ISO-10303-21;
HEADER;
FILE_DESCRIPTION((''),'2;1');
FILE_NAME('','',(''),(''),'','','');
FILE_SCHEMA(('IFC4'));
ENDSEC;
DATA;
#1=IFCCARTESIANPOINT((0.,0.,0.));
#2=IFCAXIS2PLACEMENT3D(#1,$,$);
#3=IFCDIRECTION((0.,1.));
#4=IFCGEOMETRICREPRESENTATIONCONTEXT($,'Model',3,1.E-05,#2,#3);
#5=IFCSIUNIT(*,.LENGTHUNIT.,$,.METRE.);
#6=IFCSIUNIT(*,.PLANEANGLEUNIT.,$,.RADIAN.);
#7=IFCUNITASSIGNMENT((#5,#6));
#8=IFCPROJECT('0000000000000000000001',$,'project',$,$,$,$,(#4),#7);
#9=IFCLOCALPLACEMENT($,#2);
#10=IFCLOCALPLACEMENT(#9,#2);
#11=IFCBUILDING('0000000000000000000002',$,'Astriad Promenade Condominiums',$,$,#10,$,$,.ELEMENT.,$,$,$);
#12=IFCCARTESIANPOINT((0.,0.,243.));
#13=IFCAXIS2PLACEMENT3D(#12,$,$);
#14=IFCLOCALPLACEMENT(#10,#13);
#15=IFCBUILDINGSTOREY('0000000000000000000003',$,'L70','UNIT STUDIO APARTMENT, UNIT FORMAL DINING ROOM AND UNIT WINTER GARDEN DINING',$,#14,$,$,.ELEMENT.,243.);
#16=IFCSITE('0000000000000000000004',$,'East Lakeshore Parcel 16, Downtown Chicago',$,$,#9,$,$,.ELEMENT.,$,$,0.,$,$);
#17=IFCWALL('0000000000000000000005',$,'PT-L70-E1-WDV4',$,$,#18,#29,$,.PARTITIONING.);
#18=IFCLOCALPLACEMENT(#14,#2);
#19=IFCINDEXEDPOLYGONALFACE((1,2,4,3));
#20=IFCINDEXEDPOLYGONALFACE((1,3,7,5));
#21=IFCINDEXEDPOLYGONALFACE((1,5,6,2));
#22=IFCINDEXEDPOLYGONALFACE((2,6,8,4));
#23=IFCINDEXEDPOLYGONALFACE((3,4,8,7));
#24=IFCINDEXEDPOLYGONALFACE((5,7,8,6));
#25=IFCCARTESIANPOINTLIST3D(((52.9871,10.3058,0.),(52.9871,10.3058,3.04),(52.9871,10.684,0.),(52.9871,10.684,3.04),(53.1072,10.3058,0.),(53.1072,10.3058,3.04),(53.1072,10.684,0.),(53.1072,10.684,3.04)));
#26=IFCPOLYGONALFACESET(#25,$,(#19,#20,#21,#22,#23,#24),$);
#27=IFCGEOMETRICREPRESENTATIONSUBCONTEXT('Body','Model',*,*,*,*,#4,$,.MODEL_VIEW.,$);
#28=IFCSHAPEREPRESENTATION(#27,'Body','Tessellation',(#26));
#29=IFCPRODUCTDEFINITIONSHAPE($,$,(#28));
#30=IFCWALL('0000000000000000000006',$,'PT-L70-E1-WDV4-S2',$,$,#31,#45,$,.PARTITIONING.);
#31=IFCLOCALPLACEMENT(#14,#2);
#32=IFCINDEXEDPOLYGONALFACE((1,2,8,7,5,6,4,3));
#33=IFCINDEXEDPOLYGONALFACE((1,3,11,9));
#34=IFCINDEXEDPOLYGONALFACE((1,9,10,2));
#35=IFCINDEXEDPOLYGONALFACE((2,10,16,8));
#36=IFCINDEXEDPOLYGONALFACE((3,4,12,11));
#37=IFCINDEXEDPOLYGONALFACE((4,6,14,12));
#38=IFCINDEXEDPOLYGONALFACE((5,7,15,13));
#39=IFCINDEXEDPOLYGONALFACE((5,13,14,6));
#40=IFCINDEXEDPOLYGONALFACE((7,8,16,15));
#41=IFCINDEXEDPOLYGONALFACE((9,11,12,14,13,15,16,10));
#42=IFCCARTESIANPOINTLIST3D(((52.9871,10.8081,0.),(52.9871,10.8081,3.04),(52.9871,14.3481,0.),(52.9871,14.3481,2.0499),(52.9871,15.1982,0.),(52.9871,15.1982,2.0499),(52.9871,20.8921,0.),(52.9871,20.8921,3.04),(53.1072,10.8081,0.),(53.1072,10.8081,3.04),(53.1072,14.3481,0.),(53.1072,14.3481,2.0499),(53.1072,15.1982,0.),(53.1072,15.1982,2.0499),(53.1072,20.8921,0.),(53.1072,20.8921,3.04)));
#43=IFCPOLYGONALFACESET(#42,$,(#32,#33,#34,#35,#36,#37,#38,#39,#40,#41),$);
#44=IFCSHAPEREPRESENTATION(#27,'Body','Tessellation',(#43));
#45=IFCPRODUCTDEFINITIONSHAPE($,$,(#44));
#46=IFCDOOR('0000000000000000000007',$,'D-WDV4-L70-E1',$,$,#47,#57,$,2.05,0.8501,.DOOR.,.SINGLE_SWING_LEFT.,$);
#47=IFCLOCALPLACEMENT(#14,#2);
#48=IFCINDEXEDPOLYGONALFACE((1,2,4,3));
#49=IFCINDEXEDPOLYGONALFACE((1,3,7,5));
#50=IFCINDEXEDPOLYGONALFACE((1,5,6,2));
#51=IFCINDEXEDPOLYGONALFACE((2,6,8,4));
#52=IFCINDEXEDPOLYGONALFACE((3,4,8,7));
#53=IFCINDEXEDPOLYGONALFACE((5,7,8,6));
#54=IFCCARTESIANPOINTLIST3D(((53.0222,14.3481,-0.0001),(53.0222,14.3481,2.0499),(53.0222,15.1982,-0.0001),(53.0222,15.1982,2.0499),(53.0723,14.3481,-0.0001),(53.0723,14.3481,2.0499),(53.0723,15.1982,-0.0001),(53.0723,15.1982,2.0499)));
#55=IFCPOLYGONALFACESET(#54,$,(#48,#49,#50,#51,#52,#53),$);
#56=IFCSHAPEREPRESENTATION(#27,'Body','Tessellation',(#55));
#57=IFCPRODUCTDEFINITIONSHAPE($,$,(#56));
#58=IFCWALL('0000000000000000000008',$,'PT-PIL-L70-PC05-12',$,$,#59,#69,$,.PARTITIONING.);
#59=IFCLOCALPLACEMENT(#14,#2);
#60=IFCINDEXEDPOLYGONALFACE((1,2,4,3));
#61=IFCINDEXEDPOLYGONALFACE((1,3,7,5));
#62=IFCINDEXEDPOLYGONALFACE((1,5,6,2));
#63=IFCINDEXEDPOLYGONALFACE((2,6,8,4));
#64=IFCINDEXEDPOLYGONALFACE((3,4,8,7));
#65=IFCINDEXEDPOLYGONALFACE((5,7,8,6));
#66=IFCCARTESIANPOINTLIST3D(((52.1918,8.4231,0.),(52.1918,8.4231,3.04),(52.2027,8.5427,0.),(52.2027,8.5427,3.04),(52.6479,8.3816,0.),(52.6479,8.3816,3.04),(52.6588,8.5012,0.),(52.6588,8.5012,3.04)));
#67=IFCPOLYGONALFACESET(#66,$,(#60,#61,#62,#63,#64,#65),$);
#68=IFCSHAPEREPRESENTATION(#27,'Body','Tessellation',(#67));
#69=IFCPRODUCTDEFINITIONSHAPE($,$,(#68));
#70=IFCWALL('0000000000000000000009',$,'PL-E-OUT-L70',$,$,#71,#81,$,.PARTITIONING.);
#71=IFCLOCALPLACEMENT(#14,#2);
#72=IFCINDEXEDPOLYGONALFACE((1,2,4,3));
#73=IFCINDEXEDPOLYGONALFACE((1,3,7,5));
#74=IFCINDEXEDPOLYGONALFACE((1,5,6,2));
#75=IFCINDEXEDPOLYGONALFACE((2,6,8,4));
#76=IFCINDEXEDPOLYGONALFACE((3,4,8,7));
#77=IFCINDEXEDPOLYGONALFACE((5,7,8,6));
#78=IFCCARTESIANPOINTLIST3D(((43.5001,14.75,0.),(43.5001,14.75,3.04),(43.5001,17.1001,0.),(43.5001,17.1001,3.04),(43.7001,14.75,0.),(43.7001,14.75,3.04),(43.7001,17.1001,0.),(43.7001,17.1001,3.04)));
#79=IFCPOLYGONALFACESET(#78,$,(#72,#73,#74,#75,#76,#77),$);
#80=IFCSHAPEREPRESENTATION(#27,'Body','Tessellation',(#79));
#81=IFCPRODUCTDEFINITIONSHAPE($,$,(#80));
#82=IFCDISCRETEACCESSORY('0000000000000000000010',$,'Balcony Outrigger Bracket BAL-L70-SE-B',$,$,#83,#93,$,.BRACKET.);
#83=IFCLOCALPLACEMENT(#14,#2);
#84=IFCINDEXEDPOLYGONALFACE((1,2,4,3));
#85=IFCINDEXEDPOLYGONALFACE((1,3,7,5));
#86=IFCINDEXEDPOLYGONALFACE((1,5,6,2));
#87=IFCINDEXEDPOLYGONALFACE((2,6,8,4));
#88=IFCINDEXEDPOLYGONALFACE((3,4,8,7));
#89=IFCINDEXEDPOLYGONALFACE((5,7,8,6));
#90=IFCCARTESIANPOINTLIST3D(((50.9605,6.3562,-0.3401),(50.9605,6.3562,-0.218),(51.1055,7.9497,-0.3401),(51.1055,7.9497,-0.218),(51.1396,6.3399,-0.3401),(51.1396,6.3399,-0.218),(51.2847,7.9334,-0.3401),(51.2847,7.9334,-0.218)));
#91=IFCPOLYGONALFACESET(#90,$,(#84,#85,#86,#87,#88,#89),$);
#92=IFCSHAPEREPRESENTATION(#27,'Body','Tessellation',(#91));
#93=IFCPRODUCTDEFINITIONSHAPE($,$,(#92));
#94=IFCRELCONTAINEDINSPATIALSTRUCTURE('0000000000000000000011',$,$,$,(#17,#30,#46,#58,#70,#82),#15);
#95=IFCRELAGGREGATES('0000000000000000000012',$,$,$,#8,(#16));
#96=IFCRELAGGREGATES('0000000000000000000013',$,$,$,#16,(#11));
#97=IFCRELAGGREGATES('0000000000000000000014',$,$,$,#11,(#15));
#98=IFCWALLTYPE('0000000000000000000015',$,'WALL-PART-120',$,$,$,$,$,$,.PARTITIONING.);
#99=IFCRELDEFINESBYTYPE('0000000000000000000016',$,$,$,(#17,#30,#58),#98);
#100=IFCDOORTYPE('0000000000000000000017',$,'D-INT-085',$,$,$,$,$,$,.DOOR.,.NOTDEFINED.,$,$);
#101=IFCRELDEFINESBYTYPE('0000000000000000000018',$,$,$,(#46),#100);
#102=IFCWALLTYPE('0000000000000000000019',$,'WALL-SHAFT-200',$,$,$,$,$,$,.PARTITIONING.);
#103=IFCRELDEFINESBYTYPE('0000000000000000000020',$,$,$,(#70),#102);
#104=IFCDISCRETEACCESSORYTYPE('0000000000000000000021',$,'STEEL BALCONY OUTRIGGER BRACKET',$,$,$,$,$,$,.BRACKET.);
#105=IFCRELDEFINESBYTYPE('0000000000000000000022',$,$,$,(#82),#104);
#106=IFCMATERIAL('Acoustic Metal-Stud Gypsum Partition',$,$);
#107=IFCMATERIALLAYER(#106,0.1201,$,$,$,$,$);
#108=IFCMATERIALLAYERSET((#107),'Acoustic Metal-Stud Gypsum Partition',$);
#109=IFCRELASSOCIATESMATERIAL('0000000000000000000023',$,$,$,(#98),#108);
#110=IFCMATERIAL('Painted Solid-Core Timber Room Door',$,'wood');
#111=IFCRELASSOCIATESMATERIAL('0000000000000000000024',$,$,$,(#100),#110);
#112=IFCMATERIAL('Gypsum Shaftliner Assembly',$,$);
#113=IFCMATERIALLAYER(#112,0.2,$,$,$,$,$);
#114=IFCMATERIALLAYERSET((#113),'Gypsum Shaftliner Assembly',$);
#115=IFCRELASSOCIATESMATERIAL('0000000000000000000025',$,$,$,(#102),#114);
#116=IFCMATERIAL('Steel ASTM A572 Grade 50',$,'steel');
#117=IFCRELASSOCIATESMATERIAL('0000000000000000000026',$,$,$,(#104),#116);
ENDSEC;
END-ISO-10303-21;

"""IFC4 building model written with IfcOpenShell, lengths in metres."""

from ifc_helpers import new_model, si_unit, direction, frame, frame_2d, origin, origin_2d, place, context, subcontext, project, spatial, rectangle, extrude, source, transform, mapped, material, layer, layer_set, type_object, type_shapes, element, fill, save


model = new_model("IFC4")

# Units and contexts
model_context = context("Model", 3, precision=1e-05, world=origin(), true_north=direction((0.0, 1.0)))
body_context = subcontext(model_context, "Body", "Model", "MODEL_VIEW")
ifc_project = project(units=[si_unit("LENGTHUNIT", "METRE"), si_unit("PLANEANGLEUNIT", "RADIAN")], contexts=[model_context])

# Site, building, storey
site_placement = place(None, origin())
site = spatial("IfcSite", under=ifc_project, at=site_placement, Name="East Lakeshore Parcel 16, Downtown Chicago", CompositionType="ELEMENT", RefElevation=0.0)
building_placement = place(site_placement, origin())
building = spatial("IfcBuilding", under=site, at=building_placement, Name="Astriad Promenade Condominiums", CompositionType="ELEMENT")
storey_placement = place(building_placement, frame((0.0, 0.0, 243.0)))
storey = spatial("IfcBuildingStorey", under=building, at=storey_placement, Name="L70", Description="UNIT STUDIO APARTMENT, UNIT FORMAL DINING ROOM AND UNIT WINTER GARDEN DINING", CompositionType="ELEMENT", Elevation=243.0)

# Shared definitions
ifc_material_1 = material(Name="Acoustic Metal-Stud Gypsum Partition")
ifc_layer_1 = layer(ifc_material_1, 0.1201)
ifc_layer_set_1 = layer_set([ifc_layer_1], Name="Acoustic Metal-Stud Gypsum Partition")
wall_type_1 = type_object("IfcWallType", Name="WALL-PART-120", PredefinedType="PARTITIONING", material=ifc_layer_set_1)

# Shared definitions
ifc_material_2 = material(Name="Painted Solid-Core Timber Room Door", Category="wood")
door_type_1 = type_object("IfcDoorType", Name="D-INT-085", OperationType="NOTDEFINED", PredefinedType="DOOR", material=ifc_material_2)
shared_shape_1 = source(origin(), body_context, "Body", "SweptSolid", [
    extrude(rectangle(XDim=0.8501, YDim=2.05, at=frame_2d((0.425, 1.0249))), frame((0.0, 0.0249, 0.0), z_axis=(0.0, -1.0, 0.0), x_axis=(1.0, 0.0, 0.0)), (0.0, 0.0, 1.0), 0.05),
])
type_shapes(door_type_1, [shared_shape_1])

# Wall
wall_1_placement = place(storey_placement, frame((53.0471, 10.3059, 0.0), z_axis=(0.0, 0.0, 1.0), x_axis=(0.0, 1.0, 0.0)))
element("IfcWall", 1, at=wall_1_placement, inside=storey, type_object=wall_type_1, Name="PT-L70-E1-WDV4", PredefinedType="PARTITIONING", context=body_context, shape_type="SweptSolid", body=[
    extrude(rectangle(XDim=0.3782, YDim=0.1201, at=frame_2d((0.189, 0.0))), origin(), (0.0, 0.0, 1.0), 3.04),
])

# Wall, opening, door
wall_2_placement = place(storey_placement, frame((53.0471, 10.8081, 0.0), z_axis=(0.0, 0.0, 1.0), x_axis=(0.0, 1.0, 0.0)))
wall_2 = element("IfcWall", 2, at=wall_2_placement, inside=storey, type_object=wall_type_1, Name="PT-L70-E1-WDV4-S2", PredefinedType="PARTITIONING", context=body_context, shape_type="SweptSolid", body=[
    extrude(rectangle(XDim=10.084, YDim=0.1201, at=frame_2d((5.042, 0.0))), origin(), (0.0, 0.0, 1.0), 3.04),
])
opening_1_placement = place(wall_2_placement, frame((3.54, 0.0, 0.0)))
opening_1 = element("IfcOpeningElement", 3, at=opening_1_placement, cuts=wall_2, PredefinedType="OPENING", context=body_context, shape_type="SweptSolid", body=[
    extrude(rectangle(XDim=0.8501, YDim=2.05, at=frame_2d((0.425, 1.0249))), frame((0.0, 0.0701, 0.0), z_axis=(0.0, -1.0, 0.0), x_axis=(1.0, 0.0, 0.0)), (0.0, 0.0, 1.0), 0.1401),
])
door_1_placement = place(opening_1_placement, origin())
door_1 = element("IfcDoor", 4, at=door_1_placement, inside=storey, type_object=door_type_1, Name="D-WDV4-L70-E1", OperationType="SINGLE_SWING_LEFT", OverallHeight=2.05, OverallWidth=0.8501, PredefinedType="DOOR", context=body_context, shape_type="MappedRepresentation", body=[
    mapped(shared_shape_1, transform((0.0, 0.0, 0.0), scale=1.0)),
])
fill(opening_1, door_1)

# Walls
wall_3_placement = place(storey_placement, frame((52.1973, 8.4829, 0.0), z_axis=(0.0, 0.0, 1.0), x_axis=(0.995884, -0.090632, 0.0)))
element("IfcWall", 5, at=wall_3_placement, inside=storey, type_object=wall_type_1, Name="PT-PIL-L70-PC05-12", PredefinedType="PARTITIONING", context=body_context, shape_type="SweptSolid", body=[
    extrude(rectangle(XDim=0.458, YDim=0.1201, at=frame_2d((0.229, 0.0))), origin(), (0.0, 0.0, 1.0), 3.04),
])
ifc_material_3 = material(Name="Gypsum Shaftliner Assembly")
ifc_layer_2 = layer(ifc_material_3, 0.2)
ifc_layer_set_2 = layer_set([ifc_layer_2], Name="Gypsum Shaftliner Assembly")
wall_type_2 = type_object("IfcWallType", Name="WALL-SHAFT-200", PredefinedType="PARTITIONING", material=ifc_layer_set_2)
wall_4_placement = place(storey_placement, frame((43.6001, 14.75, 0.0), z_axis=(0.0, 0.0, 1.0), x_axis=(0.0, 1.0, 0.0)))
element("IfcWall", 6, at=wall_4_placement, inside=storey, type_object=wall_type_2, Name="PL-E-OUT-L70", PredefinedType="PARTITIONING", context=body_context, shape_type="SweptSolid", body=[
    extrude(rectangle(XDim=2.3501, YDim=0.2, at=frame_2d((1.175, 0.0))), origin(), (0.0, 0.0, 1.0), 3.04),
])

# Discrete accessory
ifc_material_4 = material(Name="Steel ASTM A572 Grade 50", Category="steel")
discrete_accessory_type = type_object("IfcDiscreteAccessoryType", Name="STEEL BALCONY OUTRIGGER BRACKET", PredefinedType="BRACKET", material=ifc_material_4)
shared_shape_2 = source(origin(), body_context, "Body", "SweptSolid", [
    extrude(rectangle(XDim=1.6001, YDim=0.1799, at=origin_2d()), origin(), (0.0, 0.0, 1.0), 0.1221),
])
type_shapes(discrete_accessory_type, [shared_shape_2])
discrete_accessory_placement = place(storey_placement, frame((51.1226, 7.1448, -0.3401), z_axis=(0.0, 0.0, 1.0), x_axis=(-0.090633, -0.995884, 0.0)))
element("IfcDiscreteAccessory", 7, at=discrete_accessory_placement, inside=storey, type_object=discrete_accessory_type, Name="Balcony Outrigger Bracket BAL-L70-SE-B", PredefinedType="BRACKET", context=body_context, shape_type="MappedRepresentation", body=[
    mapped(shared_shape_2, transform((0.0, 0.0, 0.0), scale=1.0)),
])

save(model, "model.ifc")
